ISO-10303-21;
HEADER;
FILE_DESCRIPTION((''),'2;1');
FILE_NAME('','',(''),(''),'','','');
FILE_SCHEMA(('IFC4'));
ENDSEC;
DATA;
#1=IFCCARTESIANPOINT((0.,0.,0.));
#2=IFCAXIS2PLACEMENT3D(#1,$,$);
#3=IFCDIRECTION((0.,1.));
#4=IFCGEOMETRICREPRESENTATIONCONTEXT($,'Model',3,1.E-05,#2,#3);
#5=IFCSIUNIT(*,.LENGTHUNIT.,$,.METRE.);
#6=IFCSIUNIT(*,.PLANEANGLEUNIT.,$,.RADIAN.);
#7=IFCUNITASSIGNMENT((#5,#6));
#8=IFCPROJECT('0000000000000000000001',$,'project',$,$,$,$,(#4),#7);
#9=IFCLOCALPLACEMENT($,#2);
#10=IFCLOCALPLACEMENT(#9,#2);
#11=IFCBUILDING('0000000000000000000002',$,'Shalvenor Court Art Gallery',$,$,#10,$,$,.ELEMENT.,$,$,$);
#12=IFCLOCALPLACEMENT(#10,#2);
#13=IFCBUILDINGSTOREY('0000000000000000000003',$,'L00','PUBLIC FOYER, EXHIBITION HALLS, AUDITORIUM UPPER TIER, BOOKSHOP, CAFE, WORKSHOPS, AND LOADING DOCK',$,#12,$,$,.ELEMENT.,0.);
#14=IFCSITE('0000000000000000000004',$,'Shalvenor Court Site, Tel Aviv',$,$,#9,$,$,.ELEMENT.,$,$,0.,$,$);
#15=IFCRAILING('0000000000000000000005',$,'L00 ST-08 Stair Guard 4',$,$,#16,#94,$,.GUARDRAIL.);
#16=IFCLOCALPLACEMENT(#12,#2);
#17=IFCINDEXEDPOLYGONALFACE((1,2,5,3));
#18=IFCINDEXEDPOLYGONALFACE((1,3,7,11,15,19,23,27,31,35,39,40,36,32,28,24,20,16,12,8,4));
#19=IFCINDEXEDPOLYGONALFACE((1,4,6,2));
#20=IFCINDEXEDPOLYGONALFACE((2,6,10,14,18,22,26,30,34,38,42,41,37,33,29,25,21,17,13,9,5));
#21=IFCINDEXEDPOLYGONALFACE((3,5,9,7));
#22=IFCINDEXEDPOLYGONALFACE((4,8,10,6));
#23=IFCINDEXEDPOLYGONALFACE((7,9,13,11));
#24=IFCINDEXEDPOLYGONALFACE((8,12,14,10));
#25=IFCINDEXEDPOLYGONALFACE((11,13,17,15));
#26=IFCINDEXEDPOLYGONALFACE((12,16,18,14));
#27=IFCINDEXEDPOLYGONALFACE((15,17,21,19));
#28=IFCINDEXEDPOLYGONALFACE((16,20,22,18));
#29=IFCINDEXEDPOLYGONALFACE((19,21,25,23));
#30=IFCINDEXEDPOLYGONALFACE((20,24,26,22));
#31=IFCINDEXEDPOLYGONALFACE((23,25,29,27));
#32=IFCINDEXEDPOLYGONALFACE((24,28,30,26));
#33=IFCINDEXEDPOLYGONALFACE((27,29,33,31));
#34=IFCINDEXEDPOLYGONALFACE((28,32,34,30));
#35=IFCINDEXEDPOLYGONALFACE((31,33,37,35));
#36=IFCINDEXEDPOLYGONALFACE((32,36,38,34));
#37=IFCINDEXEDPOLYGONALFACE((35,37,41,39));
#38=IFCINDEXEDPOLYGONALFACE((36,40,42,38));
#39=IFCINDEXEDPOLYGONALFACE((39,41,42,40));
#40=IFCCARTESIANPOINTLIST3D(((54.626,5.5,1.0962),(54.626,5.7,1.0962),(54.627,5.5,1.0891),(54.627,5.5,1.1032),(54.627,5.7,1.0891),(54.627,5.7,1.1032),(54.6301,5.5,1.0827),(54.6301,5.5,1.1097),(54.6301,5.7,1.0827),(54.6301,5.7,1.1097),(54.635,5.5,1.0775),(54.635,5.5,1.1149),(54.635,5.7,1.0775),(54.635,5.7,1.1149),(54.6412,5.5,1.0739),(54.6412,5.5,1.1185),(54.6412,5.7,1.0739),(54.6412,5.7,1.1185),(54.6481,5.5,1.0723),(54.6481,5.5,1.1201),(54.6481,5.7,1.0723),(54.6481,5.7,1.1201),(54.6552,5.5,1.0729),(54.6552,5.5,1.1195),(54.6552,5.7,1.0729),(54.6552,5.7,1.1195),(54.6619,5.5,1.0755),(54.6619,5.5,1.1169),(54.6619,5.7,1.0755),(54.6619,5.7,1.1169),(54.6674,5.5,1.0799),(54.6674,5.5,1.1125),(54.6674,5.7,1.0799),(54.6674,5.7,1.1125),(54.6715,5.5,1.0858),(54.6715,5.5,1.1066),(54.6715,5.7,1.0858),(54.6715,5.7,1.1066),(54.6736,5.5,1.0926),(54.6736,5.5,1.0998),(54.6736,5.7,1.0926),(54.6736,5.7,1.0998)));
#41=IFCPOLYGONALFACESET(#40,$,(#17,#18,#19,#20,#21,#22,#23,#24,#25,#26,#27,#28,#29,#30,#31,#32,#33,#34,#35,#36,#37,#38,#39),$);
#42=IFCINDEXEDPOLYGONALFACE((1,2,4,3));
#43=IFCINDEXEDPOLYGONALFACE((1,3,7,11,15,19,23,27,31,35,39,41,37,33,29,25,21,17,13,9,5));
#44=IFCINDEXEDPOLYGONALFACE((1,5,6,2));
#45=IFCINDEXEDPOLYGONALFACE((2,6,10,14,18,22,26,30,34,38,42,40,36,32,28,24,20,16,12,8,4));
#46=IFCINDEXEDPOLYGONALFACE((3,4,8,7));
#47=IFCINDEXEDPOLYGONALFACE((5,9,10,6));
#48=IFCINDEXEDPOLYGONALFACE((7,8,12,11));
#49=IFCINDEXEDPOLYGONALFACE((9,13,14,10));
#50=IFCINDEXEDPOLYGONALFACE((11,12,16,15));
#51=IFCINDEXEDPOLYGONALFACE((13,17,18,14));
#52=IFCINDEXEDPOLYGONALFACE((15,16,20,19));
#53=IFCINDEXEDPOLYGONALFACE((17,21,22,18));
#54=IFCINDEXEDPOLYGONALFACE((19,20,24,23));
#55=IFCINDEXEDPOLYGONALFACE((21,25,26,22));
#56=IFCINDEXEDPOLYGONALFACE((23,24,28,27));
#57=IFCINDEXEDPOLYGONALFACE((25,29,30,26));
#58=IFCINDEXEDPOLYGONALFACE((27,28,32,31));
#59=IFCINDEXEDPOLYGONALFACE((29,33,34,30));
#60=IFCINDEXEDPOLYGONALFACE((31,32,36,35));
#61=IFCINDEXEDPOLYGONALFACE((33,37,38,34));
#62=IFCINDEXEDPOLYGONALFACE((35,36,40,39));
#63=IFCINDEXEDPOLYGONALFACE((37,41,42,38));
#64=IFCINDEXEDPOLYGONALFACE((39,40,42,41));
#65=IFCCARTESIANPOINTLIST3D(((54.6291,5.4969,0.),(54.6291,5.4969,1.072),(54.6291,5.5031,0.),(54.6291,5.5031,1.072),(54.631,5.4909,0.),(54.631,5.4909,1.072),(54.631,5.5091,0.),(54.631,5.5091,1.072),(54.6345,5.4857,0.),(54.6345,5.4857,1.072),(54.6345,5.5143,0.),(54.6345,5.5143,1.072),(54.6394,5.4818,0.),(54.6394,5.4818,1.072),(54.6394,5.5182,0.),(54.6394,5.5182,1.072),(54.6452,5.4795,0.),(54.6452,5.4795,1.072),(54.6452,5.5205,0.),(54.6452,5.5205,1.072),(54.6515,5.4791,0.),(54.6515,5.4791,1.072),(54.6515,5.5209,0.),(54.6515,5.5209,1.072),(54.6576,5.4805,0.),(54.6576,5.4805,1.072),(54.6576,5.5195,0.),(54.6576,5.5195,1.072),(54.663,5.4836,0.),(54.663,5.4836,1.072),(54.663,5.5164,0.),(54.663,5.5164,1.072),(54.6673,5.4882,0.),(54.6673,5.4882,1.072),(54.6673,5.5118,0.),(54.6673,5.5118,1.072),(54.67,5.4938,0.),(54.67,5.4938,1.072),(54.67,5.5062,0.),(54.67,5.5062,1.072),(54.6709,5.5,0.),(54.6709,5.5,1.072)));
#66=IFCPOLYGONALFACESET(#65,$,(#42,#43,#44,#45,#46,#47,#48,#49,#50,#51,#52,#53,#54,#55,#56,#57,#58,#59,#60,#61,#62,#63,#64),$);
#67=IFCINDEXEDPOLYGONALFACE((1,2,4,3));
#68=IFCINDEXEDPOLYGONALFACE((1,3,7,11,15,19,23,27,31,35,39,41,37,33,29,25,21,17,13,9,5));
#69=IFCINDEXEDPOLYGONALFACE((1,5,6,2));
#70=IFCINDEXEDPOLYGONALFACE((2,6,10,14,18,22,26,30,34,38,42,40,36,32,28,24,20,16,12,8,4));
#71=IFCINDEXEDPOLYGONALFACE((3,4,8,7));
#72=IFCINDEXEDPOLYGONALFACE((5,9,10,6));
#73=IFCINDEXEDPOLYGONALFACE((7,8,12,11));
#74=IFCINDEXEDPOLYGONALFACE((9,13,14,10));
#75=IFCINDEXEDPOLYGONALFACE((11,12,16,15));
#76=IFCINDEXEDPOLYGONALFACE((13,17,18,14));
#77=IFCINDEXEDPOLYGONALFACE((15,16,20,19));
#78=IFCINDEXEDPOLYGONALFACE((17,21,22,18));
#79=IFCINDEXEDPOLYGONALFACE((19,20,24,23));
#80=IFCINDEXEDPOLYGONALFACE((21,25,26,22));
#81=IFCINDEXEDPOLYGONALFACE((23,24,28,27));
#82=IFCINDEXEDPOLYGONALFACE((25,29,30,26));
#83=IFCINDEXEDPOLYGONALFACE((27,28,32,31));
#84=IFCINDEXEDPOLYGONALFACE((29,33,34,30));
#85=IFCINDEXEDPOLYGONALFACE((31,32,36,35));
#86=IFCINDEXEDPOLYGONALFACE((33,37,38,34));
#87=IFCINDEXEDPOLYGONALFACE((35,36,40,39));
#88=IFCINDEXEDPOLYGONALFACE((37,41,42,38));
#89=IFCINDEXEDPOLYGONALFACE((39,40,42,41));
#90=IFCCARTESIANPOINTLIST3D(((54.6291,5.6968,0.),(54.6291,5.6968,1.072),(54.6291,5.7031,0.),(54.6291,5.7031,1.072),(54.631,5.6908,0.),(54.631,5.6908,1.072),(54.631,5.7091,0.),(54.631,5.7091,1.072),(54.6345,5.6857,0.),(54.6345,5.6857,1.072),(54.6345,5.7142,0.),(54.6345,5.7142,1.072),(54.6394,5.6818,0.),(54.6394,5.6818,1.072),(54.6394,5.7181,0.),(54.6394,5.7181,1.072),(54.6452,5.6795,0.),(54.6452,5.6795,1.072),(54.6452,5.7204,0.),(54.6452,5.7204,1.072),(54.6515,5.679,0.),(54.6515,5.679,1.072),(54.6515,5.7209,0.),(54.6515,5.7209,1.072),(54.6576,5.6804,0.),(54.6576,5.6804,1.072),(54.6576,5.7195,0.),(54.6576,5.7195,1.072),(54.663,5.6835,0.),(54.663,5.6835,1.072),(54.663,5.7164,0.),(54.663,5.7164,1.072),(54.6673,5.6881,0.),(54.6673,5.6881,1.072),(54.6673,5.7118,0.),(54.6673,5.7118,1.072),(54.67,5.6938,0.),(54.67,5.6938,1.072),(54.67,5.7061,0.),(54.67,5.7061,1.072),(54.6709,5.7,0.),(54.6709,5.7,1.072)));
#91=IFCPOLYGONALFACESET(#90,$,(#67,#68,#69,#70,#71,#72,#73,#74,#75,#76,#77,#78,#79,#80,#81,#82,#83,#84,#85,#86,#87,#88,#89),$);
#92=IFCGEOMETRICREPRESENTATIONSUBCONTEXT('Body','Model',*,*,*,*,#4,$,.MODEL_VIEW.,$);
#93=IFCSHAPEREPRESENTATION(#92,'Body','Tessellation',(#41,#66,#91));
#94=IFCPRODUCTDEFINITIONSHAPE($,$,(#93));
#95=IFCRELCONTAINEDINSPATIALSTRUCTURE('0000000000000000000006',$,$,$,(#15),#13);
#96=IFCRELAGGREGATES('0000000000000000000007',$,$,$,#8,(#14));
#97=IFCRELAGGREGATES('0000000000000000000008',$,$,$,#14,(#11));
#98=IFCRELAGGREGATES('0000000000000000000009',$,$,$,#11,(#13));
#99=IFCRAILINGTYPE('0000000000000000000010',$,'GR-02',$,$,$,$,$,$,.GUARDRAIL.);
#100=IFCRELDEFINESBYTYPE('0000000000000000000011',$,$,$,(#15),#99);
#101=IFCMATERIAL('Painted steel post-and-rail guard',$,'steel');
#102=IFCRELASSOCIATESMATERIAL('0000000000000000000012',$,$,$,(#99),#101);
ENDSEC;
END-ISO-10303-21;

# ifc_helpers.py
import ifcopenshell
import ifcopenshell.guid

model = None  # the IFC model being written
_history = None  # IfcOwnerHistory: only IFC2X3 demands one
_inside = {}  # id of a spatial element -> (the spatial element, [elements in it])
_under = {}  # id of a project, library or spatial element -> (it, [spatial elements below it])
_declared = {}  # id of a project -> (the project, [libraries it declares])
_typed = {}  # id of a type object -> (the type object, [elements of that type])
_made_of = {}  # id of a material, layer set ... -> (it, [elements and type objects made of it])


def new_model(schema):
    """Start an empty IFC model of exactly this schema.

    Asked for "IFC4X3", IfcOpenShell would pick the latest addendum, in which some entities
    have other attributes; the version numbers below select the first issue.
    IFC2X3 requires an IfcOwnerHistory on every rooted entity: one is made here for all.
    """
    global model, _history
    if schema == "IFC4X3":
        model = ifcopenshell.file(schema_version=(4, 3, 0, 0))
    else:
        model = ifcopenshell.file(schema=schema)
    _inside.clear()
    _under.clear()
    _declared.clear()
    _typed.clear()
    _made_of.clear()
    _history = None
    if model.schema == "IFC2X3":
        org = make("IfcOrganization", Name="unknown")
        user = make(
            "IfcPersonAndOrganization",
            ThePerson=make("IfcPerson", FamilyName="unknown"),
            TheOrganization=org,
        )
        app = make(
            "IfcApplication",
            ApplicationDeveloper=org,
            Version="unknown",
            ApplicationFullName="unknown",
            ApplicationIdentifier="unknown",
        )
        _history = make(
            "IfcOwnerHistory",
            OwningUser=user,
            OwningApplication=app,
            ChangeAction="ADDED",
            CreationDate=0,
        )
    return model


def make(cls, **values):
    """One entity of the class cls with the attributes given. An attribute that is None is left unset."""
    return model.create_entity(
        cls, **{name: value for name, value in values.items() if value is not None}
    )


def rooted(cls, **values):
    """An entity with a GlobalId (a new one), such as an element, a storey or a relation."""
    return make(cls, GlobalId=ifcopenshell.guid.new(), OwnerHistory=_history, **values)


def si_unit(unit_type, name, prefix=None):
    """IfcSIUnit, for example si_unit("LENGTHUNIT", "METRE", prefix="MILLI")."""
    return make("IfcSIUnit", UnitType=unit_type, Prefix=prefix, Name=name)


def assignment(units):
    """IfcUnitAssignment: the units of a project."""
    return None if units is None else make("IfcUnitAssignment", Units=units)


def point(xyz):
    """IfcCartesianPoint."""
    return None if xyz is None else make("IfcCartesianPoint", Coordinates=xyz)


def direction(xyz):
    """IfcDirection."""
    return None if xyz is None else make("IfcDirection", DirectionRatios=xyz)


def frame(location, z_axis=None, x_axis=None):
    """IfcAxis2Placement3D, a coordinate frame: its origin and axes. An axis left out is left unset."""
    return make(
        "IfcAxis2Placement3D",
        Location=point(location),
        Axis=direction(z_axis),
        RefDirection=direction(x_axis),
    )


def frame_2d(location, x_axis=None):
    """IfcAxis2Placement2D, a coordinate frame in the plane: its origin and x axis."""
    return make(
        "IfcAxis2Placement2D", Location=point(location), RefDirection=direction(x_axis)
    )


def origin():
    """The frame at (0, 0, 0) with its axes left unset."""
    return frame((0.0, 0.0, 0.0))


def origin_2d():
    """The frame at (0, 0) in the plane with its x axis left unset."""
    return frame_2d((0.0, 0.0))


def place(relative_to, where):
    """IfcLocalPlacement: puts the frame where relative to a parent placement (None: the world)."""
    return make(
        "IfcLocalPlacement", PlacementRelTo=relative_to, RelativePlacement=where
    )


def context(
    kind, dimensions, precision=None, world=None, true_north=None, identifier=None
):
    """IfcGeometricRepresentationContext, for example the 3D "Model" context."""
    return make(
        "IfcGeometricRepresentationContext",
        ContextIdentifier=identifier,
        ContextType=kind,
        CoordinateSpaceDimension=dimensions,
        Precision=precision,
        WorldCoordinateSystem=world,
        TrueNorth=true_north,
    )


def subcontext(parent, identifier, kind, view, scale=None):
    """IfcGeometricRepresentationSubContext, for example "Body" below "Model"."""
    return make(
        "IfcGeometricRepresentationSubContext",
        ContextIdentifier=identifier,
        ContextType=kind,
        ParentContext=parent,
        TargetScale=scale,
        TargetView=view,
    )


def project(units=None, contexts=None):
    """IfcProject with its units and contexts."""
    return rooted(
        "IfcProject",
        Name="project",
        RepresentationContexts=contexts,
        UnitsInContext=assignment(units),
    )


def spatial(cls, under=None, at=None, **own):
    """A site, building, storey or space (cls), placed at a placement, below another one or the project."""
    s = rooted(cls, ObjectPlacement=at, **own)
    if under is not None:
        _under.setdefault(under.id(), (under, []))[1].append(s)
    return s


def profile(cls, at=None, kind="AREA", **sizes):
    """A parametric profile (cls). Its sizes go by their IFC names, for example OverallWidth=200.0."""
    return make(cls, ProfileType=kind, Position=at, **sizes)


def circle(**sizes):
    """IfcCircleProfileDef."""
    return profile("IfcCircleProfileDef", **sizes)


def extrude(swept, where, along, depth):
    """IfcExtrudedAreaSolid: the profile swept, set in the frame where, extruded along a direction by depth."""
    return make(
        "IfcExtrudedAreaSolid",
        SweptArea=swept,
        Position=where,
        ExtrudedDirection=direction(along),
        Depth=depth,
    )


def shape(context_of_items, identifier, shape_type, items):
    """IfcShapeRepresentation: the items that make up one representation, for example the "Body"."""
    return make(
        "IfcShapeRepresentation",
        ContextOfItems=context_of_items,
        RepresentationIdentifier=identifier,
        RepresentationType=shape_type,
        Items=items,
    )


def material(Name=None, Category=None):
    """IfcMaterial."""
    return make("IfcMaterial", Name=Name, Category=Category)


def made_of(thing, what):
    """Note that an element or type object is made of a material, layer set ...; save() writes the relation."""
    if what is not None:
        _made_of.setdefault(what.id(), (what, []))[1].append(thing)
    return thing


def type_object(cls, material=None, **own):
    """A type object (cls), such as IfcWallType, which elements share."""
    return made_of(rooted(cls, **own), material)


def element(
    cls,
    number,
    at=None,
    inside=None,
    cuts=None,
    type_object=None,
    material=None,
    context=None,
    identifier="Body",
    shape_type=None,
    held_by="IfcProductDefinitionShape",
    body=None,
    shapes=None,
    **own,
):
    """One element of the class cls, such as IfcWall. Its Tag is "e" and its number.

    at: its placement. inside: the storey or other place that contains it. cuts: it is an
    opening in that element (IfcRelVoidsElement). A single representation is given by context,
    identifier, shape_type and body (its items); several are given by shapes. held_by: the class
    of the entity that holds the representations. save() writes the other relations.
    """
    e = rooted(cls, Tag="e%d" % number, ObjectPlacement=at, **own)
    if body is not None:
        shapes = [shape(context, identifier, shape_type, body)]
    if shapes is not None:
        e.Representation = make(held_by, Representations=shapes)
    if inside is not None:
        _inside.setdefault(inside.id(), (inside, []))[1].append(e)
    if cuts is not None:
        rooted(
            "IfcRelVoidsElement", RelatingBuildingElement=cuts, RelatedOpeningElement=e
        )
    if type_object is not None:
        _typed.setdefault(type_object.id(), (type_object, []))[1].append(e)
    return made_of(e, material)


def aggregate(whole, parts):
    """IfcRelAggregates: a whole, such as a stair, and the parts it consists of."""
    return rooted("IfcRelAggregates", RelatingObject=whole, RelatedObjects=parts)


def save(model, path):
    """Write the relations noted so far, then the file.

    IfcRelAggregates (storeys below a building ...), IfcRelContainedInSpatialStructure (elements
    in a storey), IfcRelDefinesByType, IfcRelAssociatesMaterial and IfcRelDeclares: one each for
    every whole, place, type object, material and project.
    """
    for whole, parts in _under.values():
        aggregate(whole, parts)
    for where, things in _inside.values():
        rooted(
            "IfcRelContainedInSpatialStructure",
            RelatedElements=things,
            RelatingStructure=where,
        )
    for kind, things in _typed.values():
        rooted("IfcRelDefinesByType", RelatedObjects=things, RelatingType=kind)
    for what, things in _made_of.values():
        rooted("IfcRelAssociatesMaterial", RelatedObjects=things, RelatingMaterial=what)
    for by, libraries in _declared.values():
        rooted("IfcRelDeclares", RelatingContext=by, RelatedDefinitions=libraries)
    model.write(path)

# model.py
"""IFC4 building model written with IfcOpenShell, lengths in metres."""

from ifc_helpers import new_model, si_unit, direction, frame, origin, origin_2d, place, context, subcontext, project, spatial, circle, extrude, material, type_object, element, save


model = new_model("IFC4")

# Units and contexts
model_context = context("Model", 3, precision=1e-05, world=origin(), true_north=direction((0.0, 1.0)))
body_context = subcontext(model_context, "Body", "Model", "MODEL_VIEW")
ifc_project = project(units=[si_unit("LENGTHUNIT", "METRE"), si_unit("PLANEANGLEUNIT", "RADIAN")], contexts=[model_context])

# Site, building, storey
site_placement = place(None, origin())
site = spatial("IfcSite", under=ifc_project, at=site_placement, Name="Shalvenor Court Site, Tel Aviv", CompositionType="ELEMENT", RefElevation=0.0)
building_placement = place(site_placement, origin())
building = spatial("IfcBuilding", under=site, at=building_placement, Name="Shalvenor Court Art Gallery", CompositionType="ELEMENT")
storey_placement = place(building_placement, origin())
storey = spatial("IfcBuildingStorey", under=building, at=storey_placement, Name="L00", Description="PUBLIC FOYER, EXHIBITION HALLS, AUDITORIUM UPPER TIER, BOOKSHOP, CAFE, WORKSHOPS, AND LOADING DOCK", CompositionType="ELEMENT", Elevation=0.0)

# Railing
ifc_material_1 = material(Name="Painted steel post-and-rail guard", Category="steel")
railing_type_1 = type_object("IfcRailingType", Name="GR-02", PredefinedType="GUARDRAIL", material=ifc_material_1)
railing_1_placement = place(storey_placement, frame((54.6499, 5.5, 0.0)))
element("IfcRailing", 1, at=railing_1_placement, inside=storey, type_object=railing_type_1, Name="L00 ST-08 Stair Guard 4", PredefinedType="GUARDRAIL", context=body_context, shape_type="SweptSolid", body=[
    extrude(circle(Radius=0.0239, at=origin_2d()), frame((0.0, 0.0, 1.0962), z_axis=(0.0, 1.0, 0.0), x_axis=(-1.0, 0.0, 0.0)), (0.0, 0.0, 1.0), 0.2),
    extrude(circle(Radius=0.021, at=origin_2d()), origin(), (0.0, 0.0, 1.0), 1.072),
    extrude(circle(Radius=0.021, at=origin_2d()), frame((0.0, 0.2, 0.0)), (0.0, 0.0, 1.0), 1.072),
])

save(model, "model.ifc")
